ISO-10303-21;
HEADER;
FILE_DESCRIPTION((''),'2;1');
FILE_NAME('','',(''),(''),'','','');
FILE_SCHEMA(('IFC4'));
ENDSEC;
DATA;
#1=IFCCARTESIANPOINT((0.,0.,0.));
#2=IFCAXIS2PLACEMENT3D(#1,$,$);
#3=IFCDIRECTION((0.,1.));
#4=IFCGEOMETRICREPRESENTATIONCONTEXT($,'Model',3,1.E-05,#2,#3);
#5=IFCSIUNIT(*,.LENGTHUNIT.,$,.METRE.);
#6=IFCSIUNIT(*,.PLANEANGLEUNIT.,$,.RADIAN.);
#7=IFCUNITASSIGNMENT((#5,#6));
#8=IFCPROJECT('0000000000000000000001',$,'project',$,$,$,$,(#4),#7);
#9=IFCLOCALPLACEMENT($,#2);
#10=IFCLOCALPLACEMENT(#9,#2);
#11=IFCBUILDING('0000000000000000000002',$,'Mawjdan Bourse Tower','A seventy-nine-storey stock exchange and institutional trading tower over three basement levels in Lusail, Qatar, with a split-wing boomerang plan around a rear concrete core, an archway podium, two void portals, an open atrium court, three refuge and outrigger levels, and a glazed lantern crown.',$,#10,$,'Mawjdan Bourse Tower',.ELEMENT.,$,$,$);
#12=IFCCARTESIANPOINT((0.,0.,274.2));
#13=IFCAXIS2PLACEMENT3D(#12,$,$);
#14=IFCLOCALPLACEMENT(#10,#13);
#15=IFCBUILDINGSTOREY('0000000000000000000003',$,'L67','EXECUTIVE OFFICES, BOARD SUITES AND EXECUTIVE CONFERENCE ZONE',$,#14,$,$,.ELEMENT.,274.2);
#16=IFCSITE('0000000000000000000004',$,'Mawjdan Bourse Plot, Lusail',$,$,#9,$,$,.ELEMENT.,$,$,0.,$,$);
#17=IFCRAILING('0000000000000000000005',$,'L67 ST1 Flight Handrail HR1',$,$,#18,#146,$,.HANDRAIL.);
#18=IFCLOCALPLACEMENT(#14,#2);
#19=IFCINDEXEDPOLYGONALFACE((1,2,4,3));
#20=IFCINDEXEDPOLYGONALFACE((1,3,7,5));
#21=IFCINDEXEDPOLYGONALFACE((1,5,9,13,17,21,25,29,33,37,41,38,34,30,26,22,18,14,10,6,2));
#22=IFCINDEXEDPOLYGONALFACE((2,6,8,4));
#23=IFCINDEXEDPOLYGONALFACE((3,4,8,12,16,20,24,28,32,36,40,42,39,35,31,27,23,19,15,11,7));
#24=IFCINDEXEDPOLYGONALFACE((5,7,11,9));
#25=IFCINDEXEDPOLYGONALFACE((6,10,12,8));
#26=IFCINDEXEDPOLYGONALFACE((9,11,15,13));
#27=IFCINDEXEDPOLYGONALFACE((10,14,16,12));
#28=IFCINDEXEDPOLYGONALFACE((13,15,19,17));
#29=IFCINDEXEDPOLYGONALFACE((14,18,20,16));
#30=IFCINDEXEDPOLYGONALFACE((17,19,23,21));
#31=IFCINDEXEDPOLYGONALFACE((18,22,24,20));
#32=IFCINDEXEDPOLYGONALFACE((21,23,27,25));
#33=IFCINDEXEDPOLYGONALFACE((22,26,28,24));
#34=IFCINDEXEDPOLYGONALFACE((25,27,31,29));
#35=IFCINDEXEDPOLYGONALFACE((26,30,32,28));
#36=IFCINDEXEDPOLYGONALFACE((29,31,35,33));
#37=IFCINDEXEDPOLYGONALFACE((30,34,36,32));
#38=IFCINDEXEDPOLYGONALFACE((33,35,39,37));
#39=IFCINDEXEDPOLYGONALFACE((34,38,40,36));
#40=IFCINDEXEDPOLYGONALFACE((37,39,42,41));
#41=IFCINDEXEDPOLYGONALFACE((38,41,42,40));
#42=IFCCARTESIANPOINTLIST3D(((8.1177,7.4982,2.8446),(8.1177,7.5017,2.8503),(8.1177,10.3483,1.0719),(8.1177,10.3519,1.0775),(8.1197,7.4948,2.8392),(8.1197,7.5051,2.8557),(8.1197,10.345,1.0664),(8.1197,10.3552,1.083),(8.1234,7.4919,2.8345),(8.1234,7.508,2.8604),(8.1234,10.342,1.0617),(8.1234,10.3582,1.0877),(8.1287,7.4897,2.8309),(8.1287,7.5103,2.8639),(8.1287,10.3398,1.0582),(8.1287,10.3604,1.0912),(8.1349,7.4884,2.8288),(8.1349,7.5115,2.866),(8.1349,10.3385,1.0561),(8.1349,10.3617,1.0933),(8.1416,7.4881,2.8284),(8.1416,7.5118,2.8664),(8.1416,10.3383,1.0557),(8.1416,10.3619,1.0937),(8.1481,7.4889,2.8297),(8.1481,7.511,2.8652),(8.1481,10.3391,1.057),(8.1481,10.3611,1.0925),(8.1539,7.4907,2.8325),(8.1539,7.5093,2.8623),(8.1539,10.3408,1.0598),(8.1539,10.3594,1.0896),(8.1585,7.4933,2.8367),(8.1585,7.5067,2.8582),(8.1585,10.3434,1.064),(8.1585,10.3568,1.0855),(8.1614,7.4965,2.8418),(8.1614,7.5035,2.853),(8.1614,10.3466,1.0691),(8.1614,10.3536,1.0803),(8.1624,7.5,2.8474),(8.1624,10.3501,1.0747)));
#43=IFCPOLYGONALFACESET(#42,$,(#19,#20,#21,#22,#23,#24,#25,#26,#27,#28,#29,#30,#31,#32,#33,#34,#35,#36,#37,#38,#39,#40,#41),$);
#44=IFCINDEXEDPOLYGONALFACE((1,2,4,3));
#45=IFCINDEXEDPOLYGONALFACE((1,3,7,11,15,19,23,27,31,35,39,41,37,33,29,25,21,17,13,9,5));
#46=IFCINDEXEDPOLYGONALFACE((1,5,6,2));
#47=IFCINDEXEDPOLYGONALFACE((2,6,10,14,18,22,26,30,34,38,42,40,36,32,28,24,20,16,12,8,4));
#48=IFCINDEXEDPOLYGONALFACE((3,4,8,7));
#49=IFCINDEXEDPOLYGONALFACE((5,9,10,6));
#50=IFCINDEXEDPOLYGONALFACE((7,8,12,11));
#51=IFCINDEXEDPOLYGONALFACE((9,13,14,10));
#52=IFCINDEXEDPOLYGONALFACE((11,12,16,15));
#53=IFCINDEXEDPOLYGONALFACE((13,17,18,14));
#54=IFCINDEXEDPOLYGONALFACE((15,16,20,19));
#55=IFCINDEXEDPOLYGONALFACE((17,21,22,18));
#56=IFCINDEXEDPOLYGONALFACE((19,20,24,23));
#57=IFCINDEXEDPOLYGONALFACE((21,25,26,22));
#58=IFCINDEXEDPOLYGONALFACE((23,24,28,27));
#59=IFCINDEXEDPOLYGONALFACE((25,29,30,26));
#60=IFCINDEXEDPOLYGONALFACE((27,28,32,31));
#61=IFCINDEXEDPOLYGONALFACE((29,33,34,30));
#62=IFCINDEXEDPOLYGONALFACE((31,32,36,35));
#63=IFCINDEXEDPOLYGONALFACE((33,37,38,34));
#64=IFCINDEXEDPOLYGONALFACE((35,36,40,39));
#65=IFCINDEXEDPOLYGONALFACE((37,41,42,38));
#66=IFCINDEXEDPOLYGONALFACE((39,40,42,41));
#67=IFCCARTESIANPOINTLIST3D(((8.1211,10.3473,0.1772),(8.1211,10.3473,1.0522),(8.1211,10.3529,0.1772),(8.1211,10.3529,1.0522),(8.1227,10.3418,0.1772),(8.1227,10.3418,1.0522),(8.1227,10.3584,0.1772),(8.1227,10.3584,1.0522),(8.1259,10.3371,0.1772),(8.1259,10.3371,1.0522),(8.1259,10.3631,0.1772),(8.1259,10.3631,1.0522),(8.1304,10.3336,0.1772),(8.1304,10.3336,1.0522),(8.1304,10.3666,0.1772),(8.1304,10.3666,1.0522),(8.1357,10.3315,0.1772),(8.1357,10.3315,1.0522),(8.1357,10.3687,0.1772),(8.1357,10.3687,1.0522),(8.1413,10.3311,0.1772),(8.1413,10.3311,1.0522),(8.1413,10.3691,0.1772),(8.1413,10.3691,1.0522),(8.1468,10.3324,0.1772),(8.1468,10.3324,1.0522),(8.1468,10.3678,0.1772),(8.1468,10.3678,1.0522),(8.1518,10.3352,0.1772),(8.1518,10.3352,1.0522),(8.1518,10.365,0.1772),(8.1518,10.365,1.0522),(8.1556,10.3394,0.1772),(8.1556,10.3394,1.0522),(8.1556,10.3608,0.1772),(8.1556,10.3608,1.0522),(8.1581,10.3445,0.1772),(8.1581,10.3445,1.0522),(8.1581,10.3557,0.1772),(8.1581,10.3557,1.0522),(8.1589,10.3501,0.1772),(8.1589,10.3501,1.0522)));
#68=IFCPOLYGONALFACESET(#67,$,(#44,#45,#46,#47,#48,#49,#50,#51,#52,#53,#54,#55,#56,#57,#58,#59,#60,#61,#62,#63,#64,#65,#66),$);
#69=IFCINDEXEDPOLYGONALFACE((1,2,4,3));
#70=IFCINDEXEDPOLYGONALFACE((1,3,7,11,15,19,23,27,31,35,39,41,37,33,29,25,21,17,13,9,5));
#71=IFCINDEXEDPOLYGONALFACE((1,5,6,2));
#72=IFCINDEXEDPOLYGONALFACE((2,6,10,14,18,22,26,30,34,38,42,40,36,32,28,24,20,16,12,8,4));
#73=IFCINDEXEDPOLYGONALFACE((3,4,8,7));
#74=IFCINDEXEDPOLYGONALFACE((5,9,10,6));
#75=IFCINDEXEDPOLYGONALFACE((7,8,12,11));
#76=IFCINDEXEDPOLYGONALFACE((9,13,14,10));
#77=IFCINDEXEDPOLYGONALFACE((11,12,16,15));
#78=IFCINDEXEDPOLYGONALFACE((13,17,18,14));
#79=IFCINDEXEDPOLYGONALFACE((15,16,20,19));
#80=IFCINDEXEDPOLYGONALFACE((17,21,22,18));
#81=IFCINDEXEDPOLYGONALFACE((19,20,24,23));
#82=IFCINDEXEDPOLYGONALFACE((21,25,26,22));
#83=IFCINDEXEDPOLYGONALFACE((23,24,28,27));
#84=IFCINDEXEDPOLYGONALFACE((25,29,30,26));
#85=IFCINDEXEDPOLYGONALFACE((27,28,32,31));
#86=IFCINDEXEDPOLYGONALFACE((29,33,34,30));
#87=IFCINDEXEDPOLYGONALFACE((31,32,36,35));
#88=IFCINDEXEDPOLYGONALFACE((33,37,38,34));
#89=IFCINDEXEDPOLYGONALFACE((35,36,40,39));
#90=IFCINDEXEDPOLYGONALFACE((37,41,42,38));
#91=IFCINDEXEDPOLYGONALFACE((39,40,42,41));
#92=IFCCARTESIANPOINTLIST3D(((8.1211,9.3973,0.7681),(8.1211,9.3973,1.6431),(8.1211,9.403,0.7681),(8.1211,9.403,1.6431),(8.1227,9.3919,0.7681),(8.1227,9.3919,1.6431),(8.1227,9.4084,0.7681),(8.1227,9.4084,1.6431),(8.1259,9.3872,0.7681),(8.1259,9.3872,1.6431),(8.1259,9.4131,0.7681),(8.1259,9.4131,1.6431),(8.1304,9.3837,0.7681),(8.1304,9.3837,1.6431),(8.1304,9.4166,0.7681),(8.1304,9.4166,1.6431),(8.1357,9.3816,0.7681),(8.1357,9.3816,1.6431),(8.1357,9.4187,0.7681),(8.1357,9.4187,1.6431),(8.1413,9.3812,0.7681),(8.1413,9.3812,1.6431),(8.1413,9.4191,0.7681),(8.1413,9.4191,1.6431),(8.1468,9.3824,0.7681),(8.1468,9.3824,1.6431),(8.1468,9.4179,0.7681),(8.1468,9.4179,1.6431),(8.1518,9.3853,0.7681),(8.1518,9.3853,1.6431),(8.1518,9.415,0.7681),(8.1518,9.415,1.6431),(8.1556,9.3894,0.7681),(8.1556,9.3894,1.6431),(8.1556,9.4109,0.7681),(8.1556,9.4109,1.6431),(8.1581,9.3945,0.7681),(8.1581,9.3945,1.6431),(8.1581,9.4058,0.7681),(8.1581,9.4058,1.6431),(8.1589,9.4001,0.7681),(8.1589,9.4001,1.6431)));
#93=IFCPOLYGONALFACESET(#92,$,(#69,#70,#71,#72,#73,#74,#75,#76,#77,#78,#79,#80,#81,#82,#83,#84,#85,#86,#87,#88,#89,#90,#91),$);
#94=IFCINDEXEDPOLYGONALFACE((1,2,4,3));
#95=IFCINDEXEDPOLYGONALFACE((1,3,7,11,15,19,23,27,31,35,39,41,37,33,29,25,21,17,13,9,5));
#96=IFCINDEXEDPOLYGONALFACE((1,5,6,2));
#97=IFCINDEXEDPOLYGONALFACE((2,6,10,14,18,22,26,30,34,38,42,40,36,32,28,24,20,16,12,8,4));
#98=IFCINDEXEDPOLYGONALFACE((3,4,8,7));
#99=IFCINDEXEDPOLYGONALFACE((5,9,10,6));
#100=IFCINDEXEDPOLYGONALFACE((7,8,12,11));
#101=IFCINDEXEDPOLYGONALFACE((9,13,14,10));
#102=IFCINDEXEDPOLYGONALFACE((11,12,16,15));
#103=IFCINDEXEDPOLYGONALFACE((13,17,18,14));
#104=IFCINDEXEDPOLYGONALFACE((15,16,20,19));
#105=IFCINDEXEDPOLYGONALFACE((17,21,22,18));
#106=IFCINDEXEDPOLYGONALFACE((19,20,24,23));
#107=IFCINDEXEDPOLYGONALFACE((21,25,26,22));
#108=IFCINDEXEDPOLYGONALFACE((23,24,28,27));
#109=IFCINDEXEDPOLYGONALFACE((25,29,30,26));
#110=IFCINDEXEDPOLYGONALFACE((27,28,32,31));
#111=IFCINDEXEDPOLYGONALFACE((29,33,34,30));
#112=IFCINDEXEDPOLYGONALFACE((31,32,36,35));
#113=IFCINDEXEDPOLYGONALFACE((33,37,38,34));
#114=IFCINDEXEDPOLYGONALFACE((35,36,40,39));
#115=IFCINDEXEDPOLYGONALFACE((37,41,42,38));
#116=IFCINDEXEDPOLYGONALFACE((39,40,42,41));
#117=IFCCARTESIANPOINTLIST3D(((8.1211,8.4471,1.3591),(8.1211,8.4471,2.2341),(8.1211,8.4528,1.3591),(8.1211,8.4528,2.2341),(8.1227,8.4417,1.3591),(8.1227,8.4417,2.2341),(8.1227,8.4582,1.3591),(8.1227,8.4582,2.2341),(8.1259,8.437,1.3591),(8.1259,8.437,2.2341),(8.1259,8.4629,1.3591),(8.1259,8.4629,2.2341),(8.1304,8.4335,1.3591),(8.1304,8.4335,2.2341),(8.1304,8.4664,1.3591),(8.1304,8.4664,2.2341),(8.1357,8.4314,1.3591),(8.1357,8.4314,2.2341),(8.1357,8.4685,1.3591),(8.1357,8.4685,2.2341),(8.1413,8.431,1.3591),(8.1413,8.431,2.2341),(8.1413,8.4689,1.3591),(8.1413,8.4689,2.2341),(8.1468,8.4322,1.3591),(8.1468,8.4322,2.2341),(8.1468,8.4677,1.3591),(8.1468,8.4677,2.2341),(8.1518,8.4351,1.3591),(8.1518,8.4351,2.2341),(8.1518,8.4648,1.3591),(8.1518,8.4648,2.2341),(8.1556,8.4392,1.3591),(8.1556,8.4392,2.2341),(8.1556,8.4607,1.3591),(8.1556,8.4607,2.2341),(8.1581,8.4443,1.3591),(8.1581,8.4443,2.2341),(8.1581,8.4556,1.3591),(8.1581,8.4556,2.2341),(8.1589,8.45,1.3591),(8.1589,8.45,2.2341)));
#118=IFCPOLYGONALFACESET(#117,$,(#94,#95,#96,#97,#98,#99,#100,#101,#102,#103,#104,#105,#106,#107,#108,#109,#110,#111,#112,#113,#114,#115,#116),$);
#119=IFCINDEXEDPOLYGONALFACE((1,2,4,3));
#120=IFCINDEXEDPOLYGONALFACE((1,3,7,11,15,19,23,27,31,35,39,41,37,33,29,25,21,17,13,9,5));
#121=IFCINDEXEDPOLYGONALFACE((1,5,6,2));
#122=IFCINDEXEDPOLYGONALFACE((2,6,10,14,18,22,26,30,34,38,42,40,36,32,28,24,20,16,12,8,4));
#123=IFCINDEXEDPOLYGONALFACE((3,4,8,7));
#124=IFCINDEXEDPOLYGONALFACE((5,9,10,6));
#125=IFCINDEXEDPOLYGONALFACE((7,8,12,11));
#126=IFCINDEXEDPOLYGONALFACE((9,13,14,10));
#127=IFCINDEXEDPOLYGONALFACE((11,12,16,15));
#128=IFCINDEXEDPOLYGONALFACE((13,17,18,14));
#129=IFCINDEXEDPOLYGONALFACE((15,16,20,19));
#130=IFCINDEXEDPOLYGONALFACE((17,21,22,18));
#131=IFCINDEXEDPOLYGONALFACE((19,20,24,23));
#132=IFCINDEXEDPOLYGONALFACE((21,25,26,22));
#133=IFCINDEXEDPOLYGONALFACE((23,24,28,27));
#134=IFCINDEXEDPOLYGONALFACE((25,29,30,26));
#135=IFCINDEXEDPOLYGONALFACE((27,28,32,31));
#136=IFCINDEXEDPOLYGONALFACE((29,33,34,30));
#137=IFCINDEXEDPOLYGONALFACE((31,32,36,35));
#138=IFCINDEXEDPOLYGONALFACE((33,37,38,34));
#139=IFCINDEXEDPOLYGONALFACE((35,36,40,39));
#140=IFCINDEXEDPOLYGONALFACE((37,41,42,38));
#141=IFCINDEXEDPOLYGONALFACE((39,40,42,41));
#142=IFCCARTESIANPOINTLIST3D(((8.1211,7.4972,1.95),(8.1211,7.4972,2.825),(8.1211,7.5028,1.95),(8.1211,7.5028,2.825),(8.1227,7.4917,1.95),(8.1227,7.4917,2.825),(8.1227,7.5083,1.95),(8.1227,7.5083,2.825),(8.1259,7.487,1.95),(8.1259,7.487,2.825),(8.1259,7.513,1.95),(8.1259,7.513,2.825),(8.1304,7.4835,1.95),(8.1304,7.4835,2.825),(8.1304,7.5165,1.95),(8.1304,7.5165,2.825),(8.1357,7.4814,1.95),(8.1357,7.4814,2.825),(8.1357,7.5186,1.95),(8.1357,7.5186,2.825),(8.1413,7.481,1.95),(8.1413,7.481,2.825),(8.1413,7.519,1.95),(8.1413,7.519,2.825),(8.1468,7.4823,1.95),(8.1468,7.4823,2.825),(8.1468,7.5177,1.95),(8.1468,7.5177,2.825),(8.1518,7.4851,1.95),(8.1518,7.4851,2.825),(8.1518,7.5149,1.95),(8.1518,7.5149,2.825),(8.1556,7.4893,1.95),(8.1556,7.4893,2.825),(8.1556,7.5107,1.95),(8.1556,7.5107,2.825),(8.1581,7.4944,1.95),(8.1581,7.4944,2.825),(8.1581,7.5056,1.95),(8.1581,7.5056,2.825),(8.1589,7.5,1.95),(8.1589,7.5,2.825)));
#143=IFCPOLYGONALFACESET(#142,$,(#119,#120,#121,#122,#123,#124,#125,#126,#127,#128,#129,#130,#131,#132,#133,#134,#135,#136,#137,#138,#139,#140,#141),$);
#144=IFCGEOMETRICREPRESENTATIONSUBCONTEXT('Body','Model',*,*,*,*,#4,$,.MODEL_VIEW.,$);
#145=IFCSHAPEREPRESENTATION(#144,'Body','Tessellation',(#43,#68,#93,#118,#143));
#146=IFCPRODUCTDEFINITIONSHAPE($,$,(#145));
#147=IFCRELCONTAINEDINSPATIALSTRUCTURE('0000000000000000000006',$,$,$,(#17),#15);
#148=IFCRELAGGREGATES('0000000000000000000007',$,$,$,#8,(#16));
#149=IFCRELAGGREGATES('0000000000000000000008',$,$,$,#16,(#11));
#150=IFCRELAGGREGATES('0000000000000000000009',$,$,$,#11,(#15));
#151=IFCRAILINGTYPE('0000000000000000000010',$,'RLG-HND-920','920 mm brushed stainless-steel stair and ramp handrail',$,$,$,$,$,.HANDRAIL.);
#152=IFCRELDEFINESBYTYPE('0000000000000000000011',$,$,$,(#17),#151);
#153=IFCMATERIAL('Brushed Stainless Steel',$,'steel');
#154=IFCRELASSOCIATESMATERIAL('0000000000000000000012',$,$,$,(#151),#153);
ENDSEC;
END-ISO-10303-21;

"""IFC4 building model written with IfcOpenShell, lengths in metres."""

from ifc_helpers import new_model, si_unit, direction, frame, origin, origin_2d, place, context, subcontext, project, spatial, circle, extrude, material, type_object, element, save


model = new_model("IFC4")

# Units and contexts
model_context = context("Model", 3, precision=1e-05, world=origin(), true_north=direction((0.0, 1.0)))
body_context = subcontext(model_context, "Body", "Model", "MODEL_VIEW")
ifc_project = project(units=[si_unit("LENGTHUNIT", "METRE"), si_unit("PLANEANGLEUNIT", "RADIAN")], contexts=[model_context])

# Site, building, storey
site_placement = place(None, origin())
site = spatial("IfcSite", under=ifc_project, at=site_placement, Name="Mawjdan Bourse Plot, Lusail", CompositionType="ELEMENT", RefElevation=0.0)
building_placement = place(site_placement, origin())
building = spatial("IfcBuilding", under=site, at=building_placement, Name="Mawjdan Bourse Tower", Description="A seventy-nine-storey stock exchange and institutional trading tower over three basement levels in Lusail, Qatar, with a split-wing boomerang plan around a rear concrete core, an archway podium, two void portals, an open atrium court, three refuge and outrigger levels, and a glazed lantern crown.", LongName="Mawjdan Bourse Tower", CompositionType="ELEMENT")
storey_placement = place(building_placement, frame((0.0, 0.0, 274.2)))
storey = spatial("IfcBuildingStorey", under=building, at=storey_placement, Name="L67", Description="EXECUTIVE OFFICES, BOARD SUITES AND EXECUTIVE CONFERENCE ZONE", CompositionType="ELEMENT", Elevation=274.2)

# Railing
ifc_material_1 = material(Name="Brushed Stainless Steel", Category="steel")
railing_type_1 = type_object("IfcRailingType", Name="RLG-HND-920", Description="920 mm brushed stainless-steel stair and ramp handrail", PredefinedType="HANDRAIL", material=ifc_material_1)
for number, where, name in (
    (1, (8.1399, 10.3501, 0.1772), "L67 ST1 Flight Handrail HR1"),
):
    element("IfcRailing", number, at=place(storey_placement, frame(where)), inside=storey, type_object=railing_type_1, Name=name, PredefinedType="HANDRAIL", context=body_context, shape_type="SweptSolid", body=[
        extrude(circle(Radius=0.0225, at=origin_2d()), frame((0.0, 0.0, 0.8975), z_axis=(0.0, -0.849149, 0.528154), x_axis=(1.0, 0.0, 0.0)), (0.0, 0.0, 1.0), 3.3564),
        extrude(circle(Radius=0.019, at=origin_2d()), origin(), (0.0, 0.0, 1.0), 0.875),
        extrude(circle(Radius=0.019, at=origin_2d()), frame((0.0, -0.95, 0.5908)), (0.0, 0.0, 1.0), 0.875),
        extrude(circle(Radius=0.019, at=origin_2d()), frame((0.0, -1.9001, 1.1819)), (0.0, 0.0, 1.0), 0.875),
        extrude(circle(Radius=0.019, at=origin_2d()), frame((0.0, -2.8501, 1.7727)), (0.0, 0.0, 1.0), 0.875),
    ])

save(model, "model.ifc")
